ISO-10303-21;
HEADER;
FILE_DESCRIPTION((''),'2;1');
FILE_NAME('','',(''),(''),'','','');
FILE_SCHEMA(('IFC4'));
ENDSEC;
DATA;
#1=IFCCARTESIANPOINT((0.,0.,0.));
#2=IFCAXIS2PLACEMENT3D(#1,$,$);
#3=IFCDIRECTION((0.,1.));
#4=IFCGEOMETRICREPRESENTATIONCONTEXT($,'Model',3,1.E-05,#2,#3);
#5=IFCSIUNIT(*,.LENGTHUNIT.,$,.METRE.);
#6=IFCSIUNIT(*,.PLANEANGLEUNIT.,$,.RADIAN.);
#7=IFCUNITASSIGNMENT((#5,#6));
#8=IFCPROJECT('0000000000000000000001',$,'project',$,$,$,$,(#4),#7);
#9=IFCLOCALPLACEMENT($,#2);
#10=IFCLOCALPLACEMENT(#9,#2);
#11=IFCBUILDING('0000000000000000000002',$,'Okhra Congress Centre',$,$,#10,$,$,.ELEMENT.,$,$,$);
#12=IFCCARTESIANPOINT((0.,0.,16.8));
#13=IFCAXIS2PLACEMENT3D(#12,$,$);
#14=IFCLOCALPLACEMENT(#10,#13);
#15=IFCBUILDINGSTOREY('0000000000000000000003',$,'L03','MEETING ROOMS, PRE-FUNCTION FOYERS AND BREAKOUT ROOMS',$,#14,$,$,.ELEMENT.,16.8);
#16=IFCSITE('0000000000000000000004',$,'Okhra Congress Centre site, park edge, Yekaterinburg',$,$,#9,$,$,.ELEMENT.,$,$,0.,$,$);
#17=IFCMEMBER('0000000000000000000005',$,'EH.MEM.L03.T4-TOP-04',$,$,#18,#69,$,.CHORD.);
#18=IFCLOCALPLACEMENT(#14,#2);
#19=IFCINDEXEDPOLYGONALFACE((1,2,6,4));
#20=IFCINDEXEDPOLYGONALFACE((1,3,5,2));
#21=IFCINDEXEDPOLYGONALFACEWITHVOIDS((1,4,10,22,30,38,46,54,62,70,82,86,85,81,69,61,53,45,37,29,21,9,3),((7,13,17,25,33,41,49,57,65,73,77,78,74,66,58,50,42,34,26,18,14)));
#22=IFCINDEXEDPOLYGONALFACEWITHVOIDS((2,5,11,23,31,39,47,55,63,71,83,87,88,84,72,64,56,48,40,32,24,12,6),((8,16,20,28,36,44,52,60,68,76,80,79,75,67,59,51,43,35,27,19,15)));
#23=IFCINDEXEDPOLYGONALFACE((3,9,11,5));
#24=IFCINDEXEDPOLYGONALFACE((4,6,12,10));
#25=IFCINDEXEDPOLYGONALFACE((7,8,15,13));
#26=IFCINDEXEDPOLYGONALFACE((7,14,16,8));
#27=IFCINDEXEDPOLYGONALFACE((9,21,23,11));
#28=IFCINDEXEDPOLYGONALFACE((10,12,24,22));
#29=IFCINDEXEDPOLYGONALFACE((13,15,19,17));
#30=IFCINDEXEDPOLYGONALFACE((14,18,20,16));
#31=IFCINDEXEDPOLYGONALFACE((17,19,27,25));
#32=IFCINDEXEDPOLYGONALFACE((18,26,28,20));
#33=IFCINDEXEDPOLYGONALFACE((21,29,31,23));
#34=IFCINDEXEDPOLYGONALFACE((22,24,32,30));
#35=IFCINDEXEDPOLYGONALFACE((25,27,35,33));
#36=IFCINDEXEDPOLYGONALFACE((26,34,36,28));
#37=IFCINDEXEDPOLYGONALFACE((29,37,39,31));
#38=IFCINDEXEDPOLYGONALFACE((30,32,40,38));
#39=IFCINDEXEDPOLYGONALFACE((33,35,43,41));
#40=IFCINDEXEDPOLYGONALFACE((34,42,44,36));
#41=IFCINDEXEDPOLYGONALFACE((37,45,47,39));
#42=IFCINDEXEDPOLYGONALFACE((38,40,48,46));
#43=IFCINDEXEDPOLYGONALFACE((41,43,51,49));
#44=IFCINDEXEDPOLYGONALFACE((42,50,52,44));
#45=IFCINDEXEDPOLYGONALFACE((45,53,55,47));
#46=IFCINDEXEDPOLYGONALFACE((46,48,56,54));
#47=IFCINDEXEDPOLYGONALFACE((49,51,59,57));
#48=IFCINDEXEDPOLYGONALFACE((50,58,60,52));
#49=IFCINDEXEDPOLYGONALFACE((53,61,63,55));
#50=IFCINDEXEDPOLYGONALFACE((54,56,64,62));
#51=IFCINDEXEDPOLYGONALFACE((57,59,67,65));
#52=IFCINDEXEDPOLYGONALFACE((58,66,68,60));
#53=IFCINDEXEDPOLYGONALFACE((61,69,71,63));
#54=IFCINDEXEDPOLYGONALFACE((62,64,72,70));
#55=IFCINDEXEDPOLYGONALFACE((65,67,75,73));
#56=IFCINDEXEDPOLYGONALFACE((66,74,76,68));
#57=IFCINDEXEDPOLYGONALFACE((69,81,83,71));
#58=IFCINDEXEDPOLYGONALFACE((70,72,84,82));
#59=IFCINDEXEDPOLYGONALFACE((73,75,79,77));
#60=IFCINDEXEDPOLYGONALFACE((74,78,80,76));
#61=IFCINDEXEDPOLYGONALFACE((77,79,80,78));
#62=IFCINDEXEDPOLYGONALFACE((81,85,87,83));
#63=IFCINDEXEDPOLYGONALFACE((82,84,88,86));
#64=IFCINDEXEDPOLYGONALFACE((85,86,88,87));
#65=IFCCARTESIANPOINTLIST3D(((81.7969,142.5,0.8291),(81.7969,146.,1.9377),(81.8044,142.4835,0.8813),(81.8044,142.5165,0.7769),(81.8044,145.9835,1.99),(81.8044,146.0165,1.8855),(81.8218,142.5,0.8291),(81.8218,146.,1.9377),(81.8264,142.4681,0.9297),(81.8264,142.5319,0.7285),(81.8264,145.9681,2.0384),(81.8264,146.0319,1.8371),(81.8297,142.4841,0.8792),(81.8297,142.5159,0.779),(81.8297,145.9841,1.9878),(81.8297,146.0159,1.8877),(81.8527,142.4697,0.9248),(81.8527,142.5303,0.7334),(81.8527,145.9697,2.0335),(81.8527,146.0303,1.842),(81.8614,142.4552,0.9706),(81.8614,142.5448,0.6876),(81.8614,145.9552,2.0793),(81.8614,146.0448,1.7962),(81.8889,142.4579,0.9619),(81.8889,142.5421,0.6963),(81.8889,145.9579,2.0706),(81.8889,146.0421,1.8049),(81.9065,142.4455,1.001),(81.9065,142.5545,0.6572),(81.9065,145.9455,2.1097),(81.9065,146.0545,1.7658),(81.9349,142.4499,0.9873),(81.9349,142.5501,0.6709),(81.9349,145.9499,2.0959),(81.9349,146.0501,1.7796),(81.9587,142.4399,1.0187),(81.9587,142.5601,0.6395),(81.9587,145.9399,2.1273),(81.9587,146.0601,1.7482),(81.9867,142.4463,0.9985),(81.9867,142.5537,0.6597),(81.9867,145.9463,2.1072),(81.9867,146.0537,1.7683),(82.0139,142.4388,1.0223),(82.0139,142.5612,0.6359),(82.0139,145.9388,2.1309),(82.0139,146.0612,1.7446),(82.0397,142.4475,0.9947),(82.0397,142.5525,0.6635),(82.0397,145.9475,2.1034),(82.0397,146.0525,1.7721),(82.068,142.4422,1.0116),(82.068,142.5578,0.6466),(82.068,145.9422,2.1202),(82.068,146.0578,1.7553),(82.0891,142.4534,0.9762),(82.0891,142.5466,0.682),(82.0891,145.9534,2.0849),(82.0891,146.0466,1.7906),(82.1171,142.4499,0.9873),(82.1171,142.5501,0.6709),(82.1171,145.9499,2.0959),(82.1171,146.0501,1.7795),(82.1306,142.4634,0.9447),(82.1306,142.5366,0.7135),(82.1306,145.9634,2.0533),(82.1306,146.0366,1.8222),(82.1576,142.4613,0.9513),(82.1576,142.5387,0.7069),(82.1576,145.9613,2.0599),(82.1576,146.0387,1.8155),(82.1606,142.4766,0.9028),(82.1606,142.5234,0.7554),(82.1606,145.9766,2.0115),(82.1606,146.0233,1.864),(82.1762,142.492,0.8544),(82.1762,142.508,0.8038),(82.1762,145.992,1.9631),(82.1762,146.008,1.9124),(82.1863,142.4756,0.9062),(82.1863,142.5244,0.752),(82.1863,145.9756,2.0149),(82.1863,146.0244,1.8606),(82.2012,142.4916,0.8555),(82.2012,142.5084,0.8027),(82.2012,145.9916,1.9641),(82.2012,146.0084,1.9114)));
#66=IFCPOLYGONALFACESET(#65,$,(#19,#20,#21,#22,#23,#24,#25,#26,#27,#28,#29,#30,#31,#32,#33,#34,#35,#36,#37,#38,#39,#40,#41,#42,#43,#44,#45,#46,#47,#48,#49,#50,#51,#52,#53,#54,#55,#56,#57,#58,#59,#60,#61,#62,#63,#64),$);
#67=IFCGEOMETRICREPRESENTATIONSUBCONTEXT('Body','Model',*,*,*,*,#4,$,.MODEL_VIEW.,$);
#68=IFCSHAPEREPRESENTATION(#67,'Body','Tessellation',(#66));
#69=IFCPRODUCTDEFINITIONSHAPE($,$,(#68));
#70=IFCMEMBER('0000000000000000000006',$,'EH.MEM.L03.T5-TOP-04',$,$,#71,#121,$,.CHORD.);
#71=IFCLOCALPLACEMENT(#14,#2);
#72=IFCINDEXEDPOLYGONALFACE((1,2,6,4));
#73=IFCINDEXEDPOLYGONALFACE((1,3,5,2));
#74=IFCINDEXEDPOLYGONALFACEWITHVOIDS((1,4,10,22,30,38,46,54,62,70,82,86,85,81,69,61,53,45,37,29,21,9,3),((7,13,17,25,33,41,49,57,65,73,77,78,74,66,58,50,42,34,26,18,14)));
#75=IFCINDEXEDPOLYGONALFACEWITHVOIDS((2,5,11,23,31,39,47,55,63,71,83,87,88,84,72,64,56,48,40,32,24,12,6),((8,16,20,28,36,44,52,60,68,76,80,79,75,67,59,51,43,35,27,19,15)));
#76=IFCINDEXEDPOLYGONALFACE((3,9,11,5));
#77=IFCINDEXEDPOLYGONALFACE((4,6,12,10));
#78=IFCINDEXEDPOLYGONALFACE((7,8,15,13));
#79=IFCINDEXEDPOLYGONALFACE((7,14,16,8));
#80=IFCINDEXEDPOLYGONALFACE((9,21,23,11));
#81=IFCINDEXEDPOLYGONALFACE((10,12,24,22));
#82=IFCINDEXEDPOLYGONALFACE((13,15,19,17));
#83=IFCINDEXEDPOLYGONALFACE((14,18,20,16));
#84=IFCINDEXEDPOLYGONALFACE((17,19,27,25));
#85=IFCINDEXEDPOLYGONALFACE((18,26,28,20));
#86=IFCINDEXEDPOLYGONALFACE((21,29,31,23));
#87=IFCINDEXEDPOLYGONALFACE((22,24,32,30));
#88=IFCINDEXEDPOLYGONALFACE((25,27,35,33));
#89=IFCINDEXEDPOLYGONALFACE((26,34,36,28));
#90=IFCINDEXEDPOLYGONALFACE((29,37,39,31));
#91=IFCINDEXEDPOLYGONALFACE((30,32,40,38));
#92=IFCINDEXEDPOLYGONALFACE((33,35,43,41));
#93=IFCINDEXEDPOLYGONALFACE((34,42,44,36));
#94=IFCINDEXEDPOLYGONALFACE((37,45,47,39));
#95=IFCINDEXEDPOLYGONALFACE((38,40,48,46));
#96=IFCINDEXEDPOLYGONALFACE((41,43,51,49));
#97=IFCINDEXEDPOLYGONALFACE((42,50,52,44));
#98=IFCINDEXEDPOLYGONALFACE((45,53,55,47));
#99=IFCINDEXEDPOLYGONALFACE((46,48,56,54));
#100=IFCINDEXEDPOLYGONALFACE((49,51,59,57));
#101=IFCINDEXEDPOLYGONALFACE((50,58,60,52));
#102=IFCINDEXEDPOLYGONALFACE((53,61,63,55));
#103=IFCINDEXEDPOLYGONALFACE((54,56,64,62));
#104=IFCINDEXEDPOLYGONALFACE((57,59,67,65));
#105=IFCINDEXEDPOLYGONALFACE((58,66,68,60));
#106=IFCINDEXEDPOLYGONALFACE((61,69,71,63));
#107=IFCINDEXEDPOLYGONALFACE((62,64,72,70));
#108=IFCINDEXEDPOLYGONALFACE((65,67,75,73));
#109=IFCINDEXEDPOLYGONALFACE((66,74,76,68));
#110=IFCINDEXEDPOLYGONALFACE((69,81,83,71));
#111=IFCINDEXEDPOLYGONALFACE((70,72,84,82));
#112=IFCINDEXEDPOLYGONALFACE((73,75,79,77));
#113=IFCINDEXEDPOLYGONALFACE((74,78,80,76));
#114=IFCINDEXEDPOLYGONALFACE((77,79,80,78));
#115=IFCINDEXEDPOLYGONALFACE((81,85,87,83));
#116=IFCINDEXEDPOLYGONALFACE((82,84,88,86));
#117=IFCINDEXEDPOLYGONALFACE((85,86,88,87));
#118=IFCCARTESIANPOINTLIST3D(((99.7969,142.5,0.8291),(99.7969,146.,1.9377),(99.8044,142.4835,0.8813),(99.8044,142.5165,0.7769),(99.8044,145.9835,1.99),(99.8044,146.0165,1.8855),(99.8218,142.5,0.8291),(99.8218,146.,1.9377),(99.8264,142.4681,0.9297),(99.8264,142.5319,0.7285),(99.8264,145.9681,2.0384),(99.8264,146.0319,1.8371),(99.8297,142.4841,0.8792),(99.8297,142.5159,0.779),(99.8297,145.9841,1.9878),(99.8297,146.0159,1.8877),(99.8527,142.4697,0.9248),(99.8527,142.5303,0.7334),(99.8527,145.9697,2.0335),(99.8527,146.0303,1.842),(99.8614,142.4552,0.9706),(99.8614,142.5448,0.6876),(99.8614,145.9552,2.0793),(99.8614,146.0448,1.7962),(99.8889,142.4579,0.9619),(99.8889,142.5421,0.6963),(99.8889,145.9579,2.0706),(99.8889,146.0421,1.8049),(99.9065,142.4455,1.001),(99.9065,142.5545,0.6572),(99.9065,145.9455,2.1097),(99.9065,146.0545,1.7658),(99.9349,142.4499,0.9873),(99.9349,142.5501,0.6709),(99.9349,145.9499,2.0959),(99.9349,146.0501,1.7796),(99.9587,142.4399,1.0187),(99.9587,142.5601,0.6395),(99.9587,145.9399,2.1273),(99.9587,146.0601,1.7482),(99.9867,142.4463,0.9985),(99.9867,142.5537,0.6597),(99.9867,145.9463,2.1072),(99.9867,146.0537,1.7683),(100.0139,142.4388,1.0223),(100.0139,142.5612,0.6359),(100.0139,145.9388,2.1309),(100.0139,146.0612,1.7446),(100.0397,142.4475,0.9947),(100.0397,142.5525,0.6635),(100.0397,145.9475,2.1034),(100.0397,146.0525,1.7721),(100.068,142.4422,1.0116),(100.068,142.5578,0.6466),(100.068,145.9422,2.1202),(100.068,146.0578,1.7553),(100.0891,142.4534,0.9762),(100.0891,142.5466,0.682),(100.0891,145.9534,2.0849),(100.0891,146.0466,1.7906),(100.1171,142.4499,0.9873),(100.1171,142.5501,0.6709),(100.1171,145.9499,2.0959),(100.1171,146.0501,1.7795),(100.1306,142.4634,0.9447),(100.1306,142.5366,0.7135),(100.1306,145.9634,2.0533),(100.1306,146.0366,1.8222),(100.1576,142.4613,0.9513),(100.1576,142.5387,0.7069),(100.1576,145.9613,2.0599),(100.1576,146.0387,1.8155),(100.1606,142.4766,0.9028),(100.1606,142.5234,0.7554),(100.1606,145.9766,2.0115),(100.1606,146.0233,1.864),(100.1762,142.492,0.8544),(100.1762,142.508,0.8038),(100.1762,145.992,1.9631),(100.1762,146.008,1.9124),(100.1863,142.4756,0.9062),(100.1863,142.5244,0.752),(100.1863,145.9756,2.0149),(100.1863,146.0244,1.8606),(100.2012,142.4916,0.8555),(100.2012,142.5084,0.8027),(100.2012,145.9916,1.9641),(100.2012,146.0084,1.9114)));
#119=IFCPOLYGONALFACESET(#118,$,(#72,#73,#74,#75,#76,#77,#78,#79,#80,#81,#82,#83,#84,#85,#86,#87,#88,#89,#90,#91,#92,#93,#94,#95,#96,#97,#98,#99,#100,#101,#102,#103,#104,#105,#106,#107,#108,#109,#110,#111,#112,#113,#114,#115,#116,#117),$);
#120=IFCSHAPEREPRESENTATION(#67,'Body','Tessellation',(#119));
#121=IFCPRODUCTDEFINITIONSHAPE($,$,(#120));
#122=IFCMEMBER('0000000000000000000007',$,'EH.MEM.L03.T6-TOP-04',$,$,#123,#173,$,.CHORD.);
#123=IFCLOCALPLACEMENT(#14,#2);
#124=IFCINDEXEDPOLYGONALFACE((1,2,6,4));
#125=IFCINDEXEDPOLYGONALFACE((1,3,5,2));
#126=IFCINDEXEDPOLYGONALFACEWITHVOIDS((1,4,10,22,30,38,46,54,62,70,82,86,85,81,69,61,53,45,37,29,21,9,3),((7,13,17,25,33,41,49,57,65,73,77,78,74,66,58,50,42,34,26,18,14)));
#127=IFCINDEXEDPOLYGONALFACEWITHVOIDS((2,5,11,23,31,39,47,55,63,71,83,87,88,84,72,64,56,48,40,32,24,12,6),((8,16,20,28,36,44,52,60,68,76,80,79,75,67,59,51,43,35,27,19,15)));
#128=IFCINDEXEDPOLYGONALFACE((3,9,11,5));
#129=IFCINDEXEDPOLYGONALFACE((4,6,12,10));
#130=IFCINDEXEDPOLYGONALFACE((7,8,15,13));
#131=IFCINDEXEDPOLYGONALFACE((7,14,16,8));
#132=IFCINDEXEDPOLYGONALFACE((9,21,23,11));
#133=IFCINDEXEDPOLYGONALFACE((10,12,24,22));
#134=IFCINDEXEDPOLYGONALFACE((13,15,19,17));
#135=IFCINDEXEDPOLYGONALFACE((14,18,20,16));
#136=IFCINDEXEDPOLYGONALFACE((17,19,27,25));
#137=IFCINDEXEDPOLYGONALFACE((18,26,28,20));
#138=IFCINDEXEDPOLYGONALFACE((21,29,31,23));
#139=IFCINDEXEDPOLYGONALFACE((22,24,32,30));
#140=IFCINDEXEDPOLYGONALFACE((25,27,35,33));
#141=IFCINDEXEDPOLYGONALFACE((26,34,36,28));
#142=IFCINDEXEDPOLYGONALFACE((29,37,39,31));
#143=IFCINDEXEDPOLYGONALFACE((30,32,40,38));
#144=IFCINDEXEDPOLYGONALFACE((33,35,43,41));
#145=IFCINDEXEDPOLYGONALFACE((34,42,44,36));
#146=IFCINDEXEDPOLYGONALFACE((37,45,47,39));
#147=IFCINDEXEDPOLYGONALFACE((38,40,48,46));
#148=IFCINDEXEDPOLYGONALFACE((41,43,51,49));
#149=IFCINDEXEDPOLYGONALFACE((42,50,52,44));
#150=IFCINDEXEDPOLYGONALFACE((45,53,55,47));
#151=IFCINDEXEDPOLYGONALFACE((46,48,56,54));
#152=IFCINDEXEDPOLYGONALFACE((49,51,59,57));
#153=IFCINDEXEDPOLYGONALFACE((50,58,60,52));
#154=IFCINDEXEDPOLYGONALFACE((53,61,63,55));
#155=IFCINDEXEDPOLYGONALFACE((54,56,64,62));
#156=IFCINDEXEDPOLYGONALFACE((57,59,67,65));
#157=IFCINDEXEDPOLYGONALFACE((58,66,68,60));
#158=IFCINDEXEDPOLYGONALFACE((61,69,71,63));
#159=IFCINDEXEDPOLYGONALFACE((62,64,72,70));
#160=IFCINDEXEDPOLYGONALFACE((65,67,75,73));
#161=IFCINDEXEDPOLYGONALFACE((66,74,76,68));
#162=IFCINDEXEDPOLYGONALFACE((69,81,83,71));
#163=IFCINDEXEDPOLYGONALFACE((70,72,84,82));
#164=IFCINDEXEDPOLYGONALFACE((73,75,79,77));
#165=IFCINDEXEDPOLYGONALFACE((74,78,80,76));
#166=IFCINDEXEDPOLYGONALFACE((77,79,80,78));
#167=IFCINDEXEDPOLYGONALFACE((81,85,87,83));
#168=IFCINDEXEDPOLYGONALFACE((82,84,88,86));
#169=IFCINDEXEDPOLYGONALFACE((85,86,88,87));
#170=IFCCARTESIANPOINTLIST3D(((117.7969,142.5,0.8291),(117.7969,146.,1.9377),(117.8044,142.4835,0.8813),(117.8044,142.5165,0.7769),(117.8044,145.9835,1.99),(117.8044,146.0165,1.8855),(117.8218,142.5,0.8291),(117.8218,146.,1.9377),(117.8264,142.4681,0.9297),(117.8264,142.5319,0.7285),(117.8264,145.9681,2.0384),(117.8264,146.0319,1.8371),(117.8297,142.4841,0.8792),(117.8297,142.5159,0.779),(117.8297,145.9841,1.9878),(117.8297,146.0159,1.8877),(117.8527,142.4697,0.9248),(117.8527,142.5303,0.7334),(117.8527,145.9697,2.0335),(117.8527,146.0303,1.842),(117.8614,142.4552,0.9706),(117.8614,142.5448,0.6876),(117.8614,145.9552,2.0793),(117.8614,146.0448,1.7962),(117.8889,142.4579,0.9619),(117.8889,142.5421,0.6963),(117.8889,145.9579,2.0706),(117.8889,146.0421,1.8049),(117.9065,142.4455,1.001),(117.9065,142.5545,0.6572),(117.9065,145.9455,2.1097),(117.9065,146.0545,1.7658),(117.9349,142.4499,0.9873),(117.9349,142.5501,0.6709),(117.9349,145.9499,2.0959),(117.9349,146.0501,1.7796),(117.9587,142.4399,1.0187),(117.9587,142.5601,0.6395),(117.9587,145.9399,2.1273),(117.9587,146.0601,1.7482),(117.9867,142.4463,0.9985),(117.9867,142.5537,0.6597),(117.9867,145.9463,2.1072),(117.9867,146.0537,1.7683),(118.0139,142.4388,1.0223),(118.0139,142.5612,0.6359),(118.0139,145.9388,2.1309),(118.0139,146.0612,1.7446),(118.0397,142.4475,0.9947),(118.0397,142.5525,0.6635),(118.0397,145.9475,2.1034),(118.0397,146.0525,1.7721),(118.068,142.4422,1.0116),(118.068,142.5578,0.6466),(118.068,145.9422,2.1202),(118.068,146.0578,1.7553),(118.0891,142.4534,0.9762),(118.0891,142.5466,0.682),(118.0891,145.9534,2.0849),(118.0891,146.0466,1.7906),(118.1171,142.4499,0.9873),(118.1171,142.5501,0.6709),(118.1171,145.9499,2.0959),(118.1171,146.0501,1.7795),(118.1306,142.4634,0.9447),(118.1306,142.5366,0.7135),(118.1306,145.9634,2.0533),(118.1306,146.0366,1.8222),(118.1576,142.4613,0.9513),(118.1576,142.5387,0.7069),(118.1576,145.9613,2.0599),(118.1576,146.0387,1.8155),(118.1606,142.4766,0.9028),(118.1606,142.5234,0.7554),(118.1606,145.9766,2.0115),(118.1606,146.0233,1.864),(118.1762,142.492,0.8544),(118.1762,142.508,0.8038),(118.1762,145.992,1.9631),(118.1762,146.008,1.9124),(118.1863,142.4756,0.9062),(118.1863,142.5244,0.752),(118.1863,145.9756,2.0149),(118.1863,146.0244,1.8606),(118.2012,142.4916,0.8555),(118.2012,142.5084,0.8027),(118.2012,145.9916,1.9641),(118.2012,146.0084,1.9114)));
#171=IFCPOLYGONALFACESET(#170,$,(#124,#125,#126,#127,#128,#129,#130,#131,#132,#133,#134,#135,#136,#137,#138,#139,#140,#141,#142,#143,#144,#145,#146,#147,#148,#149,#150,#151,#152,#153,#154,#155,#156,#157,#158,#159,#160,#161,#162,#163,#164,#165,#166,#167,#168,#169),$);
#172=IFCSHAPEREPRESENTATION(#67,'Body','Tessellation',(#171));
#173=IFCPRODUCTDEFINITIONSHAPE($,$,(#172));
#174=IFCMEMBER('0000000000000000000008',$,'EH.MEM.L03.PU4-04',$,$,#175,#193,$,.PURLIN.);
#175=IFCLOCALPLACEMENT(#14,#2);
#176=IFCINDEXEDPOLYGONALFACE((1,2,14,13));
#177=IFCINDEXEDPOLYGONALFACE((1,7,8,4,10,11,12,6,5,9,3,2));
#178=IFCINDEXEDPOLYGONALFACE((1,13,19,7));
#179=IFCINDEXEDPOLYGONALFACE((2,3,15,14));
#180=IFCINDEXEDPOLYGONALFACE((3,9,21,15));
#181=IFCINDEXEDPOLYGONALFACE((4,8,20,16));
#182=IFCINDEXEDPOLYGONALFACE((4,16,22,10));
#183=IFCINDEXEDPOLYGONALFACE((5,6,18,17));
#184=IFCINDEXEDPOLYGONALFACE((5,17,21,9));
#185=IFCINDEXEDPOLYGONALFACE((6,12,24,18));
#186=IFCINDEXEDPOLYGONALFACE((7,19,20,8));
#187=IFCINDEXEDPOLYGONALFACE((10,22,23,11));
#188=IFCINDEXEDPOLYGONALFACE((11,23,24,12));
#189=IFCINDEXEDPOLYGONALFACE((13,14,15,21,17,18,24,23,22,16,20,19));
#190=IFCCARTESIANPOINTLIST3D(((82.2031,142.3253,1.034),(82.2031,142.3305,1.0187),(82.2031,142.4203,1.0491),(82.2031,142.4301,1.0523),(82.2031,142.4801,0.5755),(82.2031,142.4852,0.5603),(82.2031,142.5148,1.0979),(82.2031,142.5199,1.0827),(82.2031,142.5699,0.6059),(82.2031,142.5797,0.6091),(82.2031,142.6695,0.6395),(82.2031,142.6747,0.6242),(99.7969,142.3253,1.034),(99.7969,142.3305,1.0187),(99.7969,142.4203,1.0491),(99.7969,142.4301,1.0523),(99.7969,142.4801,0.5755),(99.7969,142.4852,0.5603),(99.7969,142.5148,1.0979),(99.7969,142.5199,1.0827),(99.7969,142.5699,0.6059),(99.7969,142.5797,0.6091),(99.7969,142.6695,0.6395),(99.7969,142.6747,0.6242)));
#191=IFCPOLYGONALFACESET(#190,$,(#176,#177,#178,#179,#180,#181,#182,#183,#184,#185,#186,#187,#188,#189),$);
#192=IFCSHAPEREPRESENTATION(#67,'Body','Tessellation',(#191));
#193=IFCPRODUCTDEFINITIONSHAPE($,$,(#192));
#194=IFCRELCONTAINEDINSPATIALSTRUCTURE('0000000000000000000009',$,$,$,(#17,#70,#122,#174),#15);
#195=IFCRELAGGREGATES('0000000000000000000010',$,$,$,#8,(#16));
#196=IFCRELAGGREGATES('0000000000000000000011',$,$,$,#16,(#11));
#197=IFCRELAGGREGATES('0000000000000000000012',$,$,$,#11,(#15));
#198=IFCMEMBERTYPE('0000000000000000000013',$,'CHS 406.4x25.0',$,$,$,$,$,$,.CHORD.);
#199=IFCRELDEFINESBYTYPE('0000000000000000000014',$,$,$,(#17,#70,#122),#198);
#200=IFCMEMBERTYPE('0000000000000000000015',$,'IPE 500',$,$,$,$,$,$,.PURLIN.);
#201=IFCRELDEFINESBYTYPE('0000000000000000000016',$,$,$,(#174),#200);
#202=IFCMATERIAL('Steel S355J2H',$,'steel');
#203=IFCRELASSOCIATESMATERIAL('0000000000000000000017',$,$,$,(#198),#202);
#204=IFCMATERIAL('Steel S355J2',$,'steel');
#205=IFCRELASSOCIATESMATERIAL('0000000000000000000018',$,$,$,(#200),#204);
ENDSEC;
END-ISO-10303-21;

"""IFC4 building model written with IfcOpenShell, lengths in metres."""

from ifc_helpers import new_model, si_unit, direction, frame, origin, origin_2d, place, context, subcontext, project, spatial, hollow_circle, i_section, extrude, material, material_profile, profile_set, type_object, element, save


model = new_model("IFC4")

# Units and contexts
model_context = context("Model", 3, precision=1e-05, world=origin(), true_north=direction((0.0, 1.0)))
body_context = subcontext(model_context, "Body", "Model", "MODEL_VIEW")
ifc_project = project(units=[si_unit("LENGTHUNIT", "METRE"), si_unit("PLANEANGLEUNIT", "RADIAN")], contexts=[model_context])

# Site, building, storey
site_placement = place(None, origin())
site = spatial("IfcSite", under=ifc_project, at=site_placement, Name="Okhra Congress Centre site, park edge, Yekaterinburg", CompositionType="ELEMENT", RefElevation=0.0)
building_placement = place(site_placement, origin())
building = spatial("IfcBuilding", under=site, at=building_placement, Name="Okhra Congress Centre", CompositionType="ELEMENT")
storey_placement = place(building_placement, frame((0.0, 0.0, 16.8)))
storey = spatial("IfcBuildingStorey", under=building, at=storey_placement, Name="L03", Description="MEETING ROOMS, PRE-FUNCTION FOYERS AND BREAKOUT ROOMS", CompositionType="ELEMENT", Elevation=16.8)

# Members
ifc_material_1 = material(Name="Steel S355J2H", Category="steel")
ifc_material_profile_1 = material_profile(ifc_material_1, hollow_circle(Radius=0.2031, WallThickness=0.0249, at=origin_2d()), Name="CHS 406.4x25.0")
ifc_profile_set_1 = profile_set([ifc_material_profile_1], Name="Steel S355J2H")
member_type_1 = type_object("IfcMemberType", Name="CHS 406.4x25.0", PredefinedType="CHORD", material=ifc_profile_set_1)
for number, where, z_axis, x_axis, name in (
    (1, (82.0, 142.5, 0.8291), (0.0, 0.953318, 0.301968), (-1.0, 0.0, 0.0), "EH.MEM.L03.T4-TOP-04"),
    (2, (100.0, 142.5, 0.8291), (0.0, 0.953318, 0.301968), (-1.0, 0.0, 0.0), "EH.MEM.L03.T5-TOP-04"),
    (3, (118.0, 142.5, 0.8291), (0.0, 0.953318, 0.301968), (-1.0, 0.0, 0.0), "EH.MEM.L03.T6-TOP-04"),
):
    element("IfcMember", number, at=place(storey_placement, frame(where, z_axis=z_axis, x_axis=x_axis)), inside=storey, type_object=member_type_1, Name=name, PredefinedType="CHORD", context=body_context, shape_type="SweptSolid", body=[
        extrude(hollow_circle(Radius=0.2031, WallThickness=0.0249, at=origin_2d()), origin(), (0.0, 0.0, 1.0), 3.6714),
    ])
ifc_material_2 = material(Name="Steel S355J2", Category="steel")
ifc_material_profile_2 = material_profile(ifc_material_2, i_section(OverallWidth=0.2, OverallDepth=0.5, WebThickness=0.0103, FlangeThickness=0.0161, at=origin_2d()), Name="IPE 500")
ifc_profile_set_2 = profile_set([ifc_material_profile_2], Name="Steel S355J2")
member_type_2 = type_object("IfcMemberType", Name="IPE 500", PredefinedType="PURLIN", material=ifc_profile_set_2)
for number, where, z_axis, x_axis, name in (
    (4, (82.2031, 142.5, 0.8291), (1.0, 0.0, 0.0), (0.0, 0.947481, 0.319813), "EH.MEM.L03.PU4-04"),
):
    element("IfcMember", number, at=place(storey_placement, frame(where, z_axis=z_axis, x_axis=x_axis)), inside=storey, type_object=member_type_2, Name=name, PredefinedType="PURLIN", context=body_context, shape_type="SweptSolid", body=[
        extrude(i_section(OverallWidth=0.2, OverallDepth=0.5, WebThickness=0.0103, FlangeThickness=0.0161, at=origin_2d()), origin(), (0.0, 0.0, 1.0), 17.5938),
    ])

save(model, "model.ifc")
